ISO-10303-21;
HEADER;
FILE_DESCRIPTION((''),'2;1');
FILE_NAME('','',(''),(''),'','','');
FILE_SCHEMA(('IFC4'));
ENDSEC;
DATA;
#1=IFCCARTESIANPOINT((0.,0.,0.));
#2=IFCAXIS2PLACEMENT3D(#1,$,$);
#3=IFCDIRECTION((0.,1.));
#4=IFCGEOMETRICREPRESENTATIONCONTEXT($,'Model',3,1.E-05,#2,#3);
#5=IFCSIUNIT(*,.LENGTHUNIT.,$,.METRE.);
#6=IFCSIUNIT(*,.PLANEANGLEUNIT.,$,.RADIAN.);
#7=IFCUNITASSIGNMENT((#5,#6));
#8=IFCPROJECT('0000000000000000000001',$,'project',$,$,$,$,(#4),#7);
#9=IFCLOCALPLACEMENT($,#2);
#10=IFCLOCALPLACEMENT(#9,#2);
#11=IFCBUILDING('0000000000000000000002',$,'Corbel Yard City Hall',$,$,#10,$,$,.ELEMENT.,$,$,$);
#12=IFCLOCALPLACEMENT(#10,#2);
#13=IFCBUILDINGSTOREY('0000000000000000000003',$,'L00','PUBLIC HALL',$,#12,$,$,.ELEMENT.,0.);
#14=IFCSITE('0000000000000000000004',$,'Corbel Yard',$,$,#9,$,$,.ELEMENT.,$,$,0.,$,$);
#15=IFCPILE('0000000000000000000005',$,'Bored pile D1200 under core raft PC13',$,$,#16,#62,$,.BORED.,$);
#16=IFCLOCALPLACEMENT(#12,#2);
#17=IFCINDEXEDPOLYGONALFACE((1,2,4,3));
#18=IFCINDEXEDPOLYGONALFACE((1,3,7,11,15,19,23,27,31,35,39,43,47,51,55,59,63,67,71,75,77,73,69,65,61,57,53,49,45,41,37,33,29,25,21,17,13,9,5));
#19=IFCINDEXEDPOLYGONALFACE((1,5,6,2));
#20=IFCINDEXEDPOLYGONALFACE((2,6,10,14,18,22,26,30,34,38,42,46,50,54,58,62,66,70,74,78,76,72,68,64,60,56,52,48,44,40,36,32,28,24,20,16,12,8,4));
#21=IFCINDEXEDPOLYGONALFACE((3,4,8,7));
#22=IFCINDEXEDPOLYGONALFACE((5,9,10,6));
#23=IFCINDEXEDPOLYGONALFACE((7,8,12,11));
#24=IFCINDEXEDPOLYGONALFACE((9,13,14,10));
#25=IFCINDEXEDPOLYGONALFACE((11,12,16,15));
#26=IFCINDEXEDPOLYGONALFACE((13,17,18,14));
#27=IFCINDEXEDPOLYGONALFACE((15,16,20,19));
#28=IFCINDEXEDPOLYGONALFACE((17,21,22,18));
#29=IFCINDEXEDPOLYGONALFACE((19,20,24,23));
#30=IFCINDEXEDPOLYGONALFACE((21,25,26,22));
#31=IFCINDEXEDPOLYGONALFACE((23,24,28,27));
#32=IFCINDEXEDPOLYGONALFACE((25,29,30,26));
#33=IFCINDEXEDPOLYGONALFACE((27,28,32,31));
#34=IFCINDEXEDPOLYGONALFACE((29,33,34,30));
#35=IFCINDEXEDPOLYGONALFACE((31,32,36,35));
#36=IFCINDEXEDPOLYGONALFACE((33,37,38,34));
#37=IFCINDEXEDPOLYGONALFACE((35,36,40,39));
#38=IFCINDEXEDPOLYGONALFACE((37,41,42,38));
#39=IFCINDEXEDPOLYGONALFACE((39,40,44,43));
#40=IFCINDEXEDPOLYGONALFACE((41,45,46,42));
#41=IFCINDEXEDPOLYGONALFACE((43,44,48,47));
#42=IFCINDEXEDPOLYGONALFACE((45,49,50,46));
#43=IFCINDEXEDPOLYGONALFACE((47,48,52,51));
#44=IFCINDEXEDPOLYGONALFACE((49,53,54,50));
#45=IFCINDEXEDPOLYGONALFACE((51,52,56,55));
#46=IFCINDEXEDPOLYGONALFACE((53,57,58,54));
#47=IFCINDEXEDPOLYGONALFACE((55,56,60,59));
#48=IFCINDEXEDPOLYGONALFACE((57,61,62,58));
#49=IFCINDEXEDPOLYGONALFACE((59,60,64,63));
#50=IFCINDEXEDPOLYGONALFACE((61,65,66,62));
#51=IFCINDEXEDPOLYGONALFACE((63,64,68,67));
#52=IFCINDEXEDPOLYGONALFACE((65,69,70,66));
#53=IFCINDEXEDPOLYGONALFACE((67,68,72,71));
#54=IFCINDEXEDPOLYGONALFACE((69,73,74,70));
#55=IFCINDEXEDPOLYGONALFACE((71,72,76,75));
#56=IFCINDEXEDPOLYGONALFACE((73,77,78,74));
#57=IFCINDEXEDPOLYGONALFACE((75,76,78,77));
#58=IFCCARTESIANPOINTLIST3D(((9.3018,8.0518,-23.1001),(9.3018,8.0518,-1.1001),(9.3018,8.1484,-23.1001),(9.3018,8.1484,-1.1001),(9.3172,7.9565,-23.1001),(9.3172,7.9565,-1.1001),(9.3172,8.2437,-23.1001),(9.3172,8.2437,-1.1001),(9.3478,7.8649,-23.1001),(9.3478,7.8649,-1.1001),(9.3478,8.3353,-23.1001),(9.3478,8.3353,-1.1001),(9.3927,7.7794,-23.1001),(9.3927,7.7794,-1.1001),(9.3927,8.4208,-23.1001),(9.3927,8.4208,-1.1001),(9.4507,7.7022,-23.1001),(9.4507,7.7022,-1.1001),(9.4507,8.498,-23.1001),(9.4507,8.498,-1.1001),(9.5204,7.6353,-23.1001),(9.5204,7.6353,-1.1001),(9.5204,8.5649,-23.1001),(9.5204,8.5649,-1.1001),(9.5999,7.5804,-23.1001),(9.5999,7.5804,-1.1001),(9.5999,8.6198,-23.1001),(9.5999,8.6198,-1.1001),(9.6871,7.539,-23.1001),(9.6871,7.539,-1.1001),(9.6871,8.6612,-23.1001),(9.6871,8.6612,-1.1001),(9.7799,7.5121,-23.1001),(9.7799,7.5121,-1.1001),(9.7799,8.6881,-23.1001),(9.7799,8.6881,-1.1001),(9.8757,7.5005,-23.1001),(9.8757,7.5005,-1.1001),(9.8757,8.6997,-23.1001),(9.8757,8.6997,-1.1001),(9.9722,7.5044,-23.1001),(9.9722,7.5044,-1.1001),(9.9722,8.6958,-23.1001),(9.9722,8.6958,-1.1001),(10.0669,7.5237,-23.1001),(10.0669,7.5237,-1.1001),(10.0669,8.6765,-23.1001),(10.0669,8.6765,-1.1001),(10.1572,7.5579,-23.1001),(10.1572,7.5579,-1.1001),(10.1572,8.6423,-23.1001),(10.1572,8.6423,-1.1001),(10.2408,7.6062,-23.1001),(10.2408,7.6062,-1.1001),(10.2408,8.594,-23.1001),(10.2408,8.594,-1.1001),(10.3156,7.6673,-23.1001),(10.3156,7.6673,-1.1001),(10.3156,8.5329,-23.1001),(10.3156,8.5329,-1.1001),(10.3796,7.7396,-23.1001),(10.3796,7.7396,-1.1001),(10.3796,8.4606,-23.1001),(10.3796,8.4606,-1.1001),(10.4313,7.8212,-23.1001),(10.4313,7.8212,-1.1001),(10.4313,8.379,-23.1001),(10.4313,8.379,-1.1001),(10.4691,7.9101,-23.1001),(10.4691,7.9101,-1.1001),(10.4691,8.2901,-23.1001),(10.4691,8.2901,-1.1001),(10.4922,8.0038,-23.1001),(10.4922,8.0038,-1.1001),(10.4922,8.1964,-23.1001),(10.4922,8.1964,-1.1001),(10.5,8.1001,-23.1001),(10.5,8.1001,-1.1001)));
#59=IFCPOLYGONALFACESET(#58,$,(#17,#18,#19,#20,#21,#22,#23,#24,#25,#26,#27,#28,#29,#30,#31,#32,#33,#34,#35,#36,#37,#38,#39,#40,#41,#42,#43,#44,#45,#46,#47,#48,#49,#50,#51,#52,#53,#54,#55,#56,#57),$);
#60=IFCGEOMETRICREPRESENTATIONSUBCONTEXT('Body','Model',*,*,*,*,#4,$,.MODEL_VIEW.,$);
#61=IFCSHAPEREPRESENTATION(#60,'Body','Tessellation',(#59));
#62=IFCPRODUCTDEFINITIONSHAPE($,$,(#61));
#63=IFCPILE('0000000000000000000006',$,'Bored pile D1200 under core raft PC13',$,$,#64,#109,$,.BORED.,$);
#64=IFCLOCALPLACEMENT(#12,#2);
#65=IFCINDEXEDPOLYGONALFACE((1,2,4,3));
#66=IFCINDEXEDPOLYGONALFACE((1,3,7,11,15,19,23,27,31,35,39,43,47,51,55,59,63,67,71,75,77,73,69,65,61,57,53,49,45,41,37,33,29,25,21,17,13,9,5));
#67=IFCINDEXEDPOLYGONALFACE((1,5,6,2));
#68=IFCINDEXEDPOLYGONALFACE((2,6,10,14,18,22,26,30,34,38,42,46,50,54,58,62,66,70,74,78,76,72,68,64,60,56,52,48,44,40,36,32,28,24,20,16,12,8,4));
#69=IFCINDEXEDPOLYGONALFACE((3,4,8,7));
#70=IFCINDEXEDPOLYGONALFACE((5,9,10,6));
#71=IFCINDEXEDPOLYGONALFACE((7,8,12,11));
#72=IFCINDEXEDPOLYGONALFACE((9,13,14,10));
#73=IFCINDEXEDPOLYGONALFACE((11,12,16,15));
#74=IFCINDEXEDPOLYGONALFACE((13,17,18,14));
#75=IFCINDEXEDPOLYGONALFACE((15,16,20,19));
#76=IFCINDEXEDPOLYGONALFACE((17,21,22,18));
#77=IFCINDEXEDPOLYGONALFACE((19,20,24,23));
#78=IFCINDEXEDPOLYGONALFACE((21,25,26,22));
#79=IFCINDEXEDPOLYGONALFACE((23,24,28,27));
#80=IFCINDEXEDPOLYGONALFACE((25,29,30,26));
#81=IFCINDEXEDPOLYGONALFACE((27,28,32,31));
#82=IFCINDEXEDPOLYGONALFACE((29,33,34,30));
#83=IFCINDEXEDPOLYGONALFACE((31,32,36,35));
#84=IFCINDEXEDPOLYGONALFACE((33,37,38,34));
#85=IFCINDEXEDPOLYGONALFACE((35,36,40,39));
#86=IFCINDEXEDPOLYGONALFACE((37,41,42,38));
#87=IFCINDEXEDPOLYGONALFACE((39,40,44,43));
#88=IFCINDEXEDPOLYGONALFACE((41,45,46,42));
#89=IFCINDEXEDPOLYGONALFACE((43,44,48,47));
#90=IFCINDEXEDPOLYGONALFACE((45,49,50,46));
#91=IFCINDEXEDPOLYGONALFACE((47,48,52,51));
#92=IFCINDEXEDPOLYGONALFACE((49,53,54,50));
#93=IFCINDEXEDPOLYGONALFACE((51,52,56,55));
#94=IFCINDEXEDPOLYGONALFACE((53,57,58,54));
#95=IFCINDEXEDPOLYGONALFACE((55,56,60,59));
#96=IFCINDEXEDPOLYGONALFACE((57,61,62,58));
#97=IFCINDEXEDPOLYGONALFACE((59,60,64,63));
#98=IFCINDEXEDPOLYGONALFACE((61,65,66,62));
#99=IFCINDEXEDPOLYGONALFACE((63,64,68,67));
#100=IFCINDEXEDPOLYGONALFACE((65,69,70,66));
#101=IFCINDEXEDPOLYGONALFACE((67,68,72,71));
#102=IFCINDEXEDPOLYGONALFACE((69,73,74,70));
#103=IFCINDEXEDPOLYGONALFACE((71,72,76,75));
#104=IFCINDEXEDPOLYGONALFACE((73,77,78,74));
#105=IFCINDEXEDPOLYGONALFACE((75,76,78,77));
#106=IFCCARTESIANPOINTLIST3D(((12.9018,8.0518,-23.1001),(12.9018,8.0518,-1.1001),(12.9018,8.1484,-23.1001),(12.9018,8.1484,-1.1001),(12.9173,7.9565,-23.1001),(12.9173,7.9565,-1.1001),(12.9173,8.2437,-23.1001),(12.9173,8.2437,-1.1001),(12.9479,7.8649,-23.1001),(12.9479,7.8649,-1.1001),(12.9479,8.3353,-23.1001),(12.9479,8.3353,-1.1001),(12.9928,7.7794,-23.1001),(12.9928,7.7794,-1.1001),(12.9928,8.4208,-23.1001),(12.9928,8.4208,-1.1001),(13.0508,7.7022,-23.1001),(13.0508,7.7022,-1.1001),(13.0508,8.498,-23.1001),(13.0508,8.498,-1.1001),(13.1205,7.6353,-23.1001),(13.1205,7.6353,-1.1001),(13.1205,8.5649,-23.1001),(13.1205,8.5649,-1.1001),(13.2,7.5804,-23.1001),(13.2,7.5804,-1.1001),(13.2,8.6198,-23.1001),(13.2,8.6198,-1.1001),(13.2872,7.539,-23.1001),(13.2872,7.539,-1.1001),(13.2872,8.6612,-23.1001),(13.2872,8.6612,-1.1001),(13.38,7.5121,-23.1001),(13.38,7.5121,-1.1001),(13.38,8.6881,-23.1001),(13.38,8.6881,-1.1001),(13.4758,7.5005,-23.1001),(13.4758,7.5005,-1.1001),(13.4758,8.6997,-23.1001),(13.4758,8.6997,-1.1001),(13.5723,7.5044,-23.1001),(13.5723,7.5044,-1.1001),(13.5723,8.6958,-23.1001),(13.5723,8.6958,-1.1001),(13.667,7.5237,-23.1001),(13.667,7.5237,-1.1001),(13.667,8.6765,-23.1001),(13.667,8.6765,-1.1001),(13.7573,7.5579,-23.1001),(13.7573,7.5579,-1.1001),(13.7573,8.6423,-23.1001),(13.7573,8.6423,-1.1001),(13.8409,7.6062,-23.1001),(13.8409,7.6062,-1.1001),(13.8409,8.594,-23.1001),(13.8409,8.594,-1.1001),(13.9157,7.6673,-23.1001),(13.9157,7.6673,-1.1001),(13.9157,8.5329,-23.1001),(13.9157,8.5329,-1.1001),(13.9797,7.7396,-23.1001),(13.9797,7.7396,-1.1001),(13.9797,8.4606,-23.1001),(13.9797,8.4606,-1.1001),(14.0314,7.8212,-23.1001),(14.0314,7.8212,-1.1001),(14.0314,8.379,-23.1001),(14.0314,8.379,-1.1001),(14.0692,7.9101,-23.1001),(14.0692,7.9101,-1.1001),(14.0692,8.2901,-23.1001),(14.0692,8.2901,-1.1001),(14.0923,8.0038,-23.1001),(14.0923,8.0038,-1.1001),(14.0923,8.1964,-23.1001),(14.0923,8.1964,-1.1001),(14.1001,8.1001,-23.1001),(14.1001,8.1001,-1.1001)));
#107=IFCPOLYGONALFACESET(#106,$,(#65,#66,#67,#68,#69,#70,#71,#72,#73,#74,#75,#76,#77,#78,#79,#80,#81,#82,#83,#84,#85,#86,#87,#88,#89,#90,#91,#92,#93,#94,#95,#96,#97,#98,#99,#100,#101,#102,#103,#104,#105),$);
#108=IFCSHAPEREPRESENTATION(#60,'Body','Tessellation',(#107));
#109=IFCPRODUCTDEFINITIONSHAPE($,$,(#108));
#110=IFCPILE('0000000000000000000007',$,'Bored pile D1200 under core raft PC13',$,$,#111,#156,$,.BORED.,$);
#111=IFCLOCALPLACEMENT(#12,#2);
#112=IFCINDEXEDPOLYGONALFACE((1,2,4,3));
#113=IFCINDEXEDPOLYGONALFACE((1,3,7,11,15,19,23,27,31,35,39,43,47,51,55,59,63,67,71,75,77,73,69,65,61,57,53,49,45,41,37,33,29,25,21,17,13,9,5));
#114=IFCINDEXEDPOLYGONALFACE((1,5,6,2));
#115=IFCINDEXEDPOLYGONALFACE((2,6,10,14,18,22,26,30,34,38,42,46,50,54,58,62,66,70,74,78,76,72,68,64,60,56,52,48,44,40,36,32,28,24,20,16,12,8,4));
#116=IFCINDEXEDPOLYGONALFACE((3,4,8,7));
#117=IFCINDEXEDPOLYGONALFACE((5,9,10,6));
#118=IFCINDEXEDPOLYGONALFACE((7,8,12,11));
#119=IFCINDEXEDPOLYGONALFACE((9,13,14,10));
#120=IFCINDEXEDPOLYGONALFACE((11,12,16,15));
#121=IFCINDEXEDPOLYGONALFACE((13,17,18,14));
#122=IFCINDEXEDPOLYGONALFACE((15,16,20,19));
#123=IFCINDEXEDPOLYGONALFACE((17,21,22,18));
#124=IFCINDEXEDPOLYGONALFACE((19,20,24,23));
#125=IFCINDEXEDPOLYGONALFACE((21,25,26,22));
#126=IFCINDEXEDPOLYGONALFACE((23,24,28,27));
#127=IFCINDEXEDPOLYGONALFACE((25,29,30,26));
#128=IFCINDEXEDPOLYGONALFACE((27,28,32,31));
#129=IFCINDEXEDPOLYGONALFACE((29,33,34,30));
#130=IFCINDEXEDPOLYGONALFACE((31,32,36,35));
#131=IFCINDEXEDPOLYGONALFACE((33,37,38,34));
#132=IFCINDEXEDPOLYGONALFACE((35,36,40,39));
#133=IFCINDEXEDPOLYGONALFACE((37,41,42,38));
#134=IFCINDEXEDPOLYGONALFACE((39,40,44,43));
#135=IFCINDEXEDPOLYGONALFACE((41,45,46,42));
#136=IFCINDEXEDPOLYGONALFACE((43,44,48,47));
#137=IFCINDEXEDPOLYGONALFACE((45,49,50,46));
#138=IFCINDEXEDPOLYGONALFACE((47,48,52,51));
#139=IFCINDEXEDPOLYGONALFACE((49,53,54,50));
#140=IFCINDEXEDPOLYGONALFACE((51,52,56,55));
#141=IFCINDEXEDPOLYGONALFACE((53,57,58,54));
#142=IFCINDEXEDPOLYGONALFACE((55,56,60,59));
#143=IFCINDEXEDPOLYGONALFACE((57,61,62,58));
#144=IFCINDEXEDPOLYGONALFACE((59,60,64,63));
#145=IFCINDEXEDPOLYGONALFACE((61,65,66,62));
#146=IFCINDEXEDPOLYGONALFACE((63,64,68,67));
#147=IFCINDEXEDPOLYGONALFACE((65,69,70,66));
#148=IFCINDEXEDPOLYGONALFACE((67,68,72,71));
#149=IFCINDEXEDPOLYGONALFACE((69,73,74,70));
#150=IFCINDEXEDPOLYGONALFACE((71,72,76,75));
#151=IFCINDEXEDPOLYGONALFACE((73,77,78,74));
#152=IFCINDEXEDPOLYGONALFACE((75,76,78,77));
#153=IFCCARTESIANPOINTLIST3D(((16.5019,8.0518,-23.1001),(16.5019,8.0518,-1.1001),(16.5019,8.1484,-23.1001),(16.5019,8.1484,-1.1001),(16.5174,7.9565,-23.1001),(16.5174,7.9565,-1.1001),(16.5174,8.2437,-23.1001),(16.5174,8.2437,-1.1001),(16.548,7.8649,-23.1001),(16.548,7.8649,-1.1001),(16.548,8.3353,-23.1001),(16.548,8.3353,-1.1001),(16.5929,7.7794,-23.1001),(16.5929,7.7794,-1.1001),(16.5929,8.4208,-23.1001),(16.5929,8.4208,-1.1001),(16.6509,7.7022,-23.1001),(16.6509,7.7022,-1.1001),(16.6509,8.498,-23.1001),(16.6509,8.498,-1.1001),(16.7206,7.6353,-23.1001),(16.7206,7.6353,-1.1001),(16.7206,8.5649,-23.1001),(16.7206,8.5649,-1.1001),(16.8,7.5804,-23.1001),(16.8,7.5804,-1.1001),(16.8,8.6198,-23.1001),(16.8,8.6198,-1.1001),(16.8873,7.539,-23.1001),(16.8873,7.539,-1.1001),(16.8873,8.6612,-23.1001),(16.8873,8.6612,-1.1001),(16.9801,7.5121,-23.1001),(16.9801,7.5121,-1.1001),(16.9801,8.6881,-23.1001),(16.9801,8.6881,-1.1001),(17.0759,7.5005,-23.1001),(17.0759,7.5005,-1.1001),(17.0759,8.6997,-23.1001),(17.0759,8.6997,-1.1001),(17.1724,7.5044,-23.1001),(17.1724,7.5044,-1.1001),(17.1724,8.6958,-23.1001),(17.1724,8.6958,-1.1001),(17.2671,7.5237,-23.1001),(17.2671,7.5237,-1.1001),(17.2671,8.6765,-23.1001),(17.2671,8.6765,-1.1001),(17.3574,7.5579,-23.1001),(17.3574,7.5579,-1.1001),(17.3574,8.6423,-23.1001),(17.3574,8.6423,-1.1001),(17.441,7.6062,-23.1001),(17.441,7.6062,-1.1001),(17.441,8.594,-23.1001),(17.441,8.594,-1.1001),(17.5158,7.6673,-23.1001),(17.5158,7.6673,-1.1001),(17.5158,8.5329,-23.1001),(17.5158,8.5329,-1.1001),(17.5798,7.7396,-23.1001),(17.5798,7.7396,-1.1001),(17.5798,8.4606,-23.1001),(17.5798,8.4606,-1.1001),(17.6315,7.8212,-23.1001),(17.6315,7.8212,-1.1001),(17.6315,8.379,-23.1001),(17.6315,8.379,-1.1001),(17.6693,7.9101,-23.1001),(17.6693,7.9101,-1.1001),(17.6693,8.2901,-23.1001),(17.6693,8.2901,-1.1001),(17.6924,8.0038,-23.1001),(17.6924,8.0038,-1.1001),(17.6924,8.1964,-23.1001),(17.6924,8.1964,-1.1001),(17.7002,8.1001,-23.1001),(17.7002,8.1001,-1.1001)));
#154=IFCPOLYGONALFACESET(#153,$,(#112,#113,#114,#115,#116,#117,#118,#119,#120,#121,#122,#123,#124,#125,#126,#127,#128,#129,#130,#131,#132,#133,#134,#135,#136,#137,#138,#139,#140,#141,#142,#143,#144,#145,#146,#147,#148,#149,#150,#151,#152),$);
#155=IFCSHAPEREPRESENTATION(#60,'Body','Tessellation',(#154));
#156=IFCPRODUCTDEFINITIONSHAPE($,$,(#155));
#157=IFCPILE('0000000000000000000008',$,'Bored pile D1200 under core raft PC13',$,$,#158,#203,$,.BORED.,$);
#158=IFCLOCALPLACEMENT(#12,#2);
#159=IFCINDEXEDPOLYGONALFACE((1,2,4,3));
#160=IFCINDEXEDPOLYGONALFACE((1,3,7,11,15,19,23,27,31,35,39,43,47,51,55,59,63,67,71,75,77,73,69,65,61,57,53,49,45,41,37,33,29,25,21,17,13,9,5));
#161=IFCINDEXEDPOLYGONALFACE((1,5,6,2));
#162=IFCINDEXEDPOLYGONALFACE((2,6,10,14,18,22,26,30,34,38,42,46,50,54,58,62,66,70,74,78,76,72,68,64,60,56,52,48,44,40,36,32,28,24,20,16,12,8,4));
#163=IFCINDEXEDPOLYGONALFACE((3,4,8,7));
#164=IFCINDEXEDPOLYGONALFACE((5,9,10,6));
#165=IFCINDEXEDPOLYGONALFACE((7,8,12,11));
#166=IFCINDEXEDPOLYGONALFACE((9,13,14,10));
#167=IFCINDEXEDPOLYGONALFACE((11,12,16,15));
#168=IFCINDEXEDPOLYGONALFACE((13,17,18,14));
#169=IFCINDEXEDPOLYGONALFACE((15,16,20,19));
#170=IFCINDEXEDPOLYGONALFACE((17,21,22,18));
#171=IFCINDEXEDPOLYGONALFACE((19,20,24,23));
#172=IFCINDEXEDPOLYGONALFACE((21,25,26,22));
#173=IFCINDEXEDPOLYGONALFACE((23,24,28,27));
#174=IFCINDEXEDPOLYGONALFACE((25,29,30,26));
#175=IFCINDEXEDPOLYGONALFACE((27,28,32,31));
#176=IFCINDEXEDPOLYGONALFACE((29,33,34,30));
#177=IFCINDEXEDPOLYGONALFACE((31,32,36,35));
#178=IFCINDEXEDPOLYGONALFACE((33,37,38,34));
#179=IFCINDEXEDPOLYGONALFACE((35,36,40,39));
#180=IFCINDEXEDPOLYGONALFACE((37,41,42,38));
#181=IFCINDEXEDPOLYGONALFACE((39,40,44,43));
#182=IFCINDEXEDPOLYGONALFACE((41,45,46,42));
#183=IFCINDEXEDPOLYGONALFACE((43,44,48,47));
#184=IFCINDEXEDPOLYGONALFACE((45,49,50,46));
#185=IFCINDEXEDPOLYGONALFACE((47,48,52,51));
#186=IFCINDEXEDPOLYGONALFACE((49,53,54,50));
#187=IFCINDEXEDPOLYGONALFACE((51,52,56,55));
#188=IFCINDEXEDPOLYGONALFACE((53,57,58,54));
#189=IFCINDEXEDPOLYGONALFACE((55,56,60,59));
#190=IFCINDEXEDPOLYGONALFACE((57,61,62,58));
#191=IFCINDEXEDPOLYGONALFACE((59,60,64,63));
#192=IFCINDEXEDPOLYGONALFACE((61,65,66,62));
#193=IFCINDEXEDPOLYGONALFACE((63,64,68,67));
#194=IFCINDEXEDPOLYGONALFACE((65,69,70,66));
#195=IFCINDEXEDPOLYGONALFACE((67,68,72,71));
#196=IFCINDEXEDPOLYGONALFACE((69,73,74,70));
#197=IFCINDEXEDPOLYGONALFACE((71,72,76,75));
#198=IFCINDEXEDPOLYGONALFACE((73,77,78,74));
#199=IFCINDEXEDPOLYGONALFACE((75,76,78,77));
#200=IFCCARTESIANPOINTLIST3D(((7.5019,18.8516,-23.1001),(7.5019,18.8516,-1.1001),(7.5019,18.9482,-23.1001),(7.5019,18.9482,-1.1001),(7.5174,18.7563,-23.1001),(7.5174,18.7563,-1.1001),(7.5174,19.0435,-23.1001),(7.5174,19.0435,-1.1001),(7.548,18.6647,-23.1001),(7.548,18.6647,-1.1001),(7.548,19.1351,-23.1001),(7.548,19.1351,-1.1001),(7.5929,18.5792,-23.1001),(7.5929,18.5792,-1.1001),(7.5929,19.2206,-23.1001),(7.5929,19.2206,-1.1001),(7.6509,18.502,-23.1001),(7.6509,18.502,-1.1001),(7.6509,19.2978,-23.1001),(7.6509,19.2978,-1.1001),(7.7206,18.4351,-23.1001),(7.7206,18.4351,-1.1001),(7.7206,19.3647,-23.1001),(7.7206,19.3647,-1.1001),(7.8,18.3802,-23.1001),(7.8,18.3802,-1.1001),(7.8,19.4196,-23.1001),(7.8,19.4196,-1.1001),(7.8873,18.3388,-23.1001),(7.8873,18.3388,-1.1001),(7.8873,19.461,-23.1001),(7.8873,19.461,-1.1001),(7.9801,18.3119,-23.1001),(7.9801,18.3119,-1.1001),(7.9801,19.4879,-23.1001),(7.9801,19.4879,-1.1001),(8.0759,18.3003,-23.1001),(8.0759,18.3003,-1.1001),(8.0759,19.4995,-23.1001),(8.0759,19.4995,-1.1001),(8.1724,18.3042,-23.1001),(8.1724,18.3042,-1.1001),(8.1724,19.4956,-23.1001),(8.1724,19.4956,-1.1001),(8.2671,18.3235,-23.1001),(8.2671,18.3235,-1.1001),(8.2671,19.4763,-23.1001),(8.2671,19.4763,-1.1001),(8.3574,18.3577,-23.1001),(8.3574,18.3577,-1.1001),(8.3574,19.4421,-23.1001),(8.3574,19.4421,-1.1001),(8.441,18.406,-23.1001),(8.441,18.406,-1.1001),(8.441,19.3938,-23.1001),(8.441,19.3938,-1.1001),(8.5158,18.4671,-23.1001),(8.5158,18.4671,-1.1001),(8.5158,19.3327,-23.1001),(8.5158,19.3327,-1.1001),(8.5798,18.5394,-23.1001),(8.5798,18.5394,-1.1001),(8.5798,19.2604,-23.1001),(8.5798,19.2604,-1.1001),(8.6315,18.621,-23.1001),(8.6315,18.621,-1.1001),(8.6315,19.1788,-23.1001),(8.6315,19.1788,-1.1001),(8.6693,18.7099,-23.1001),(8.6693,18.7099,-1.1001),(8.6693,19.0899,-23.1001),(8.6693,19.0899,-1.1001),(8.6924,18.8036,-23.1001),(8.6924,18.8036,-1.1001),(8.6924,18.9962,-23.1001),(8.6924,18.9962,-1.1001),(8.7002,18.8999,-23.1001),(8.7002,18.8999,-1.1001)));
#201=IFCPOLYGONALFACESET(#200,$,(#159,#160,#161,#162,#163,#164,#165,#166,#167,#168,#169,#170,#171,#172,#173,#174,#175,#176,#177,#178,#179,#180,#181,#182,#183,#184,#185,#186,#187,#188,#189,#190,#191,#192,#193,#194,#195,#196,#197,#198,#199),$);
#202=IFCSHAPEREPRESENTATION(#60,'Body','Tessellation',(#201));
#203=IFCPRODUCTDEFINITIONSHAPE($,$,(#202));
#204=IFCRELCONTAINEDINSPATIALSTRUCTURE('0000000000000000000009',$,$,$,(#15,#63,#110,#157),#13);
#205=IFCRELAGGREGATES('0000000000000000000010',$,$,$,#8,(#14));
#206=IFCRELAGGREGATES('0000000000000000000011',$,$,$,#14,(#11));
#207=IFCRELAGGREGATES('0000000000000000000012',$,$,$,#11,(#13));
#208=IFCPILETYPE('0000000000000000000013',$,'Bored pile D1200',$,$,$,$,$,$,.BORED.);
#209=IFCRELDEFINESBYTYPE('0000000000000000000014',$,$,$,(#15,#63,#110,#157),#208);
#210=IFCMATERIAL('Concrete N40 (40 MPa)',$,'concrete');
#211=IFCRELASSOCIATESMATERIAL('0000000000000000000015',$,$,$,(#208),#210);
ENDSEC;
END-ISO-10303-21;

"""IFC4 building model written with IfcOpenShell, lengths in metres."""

from ifc_helpers import new_model, si_unit, direction, frame, origin, origin_2d, place, context, subcontext, project, spatial, circle, extrude, material, material_profile, profile_set, type_object, element, save


model = new_model("IFC4")

# Units and contexts
model_context = context("Model", 3, precision=1e-05, world=origin(), true_north=direction((0.0, 1.0)))
body_context = subcontext(model_context, "Body", "Model", "MODEL_VIEW")
ifc_project = project(units=[si_unit("LENGTHUNIT", "METRE"), si_unit("PLANEANGLEUNIT", "RADIAN")], contexts=[model_context])

# Site, building, storey
site_placement = place(None, origin())
site = spatial("IfcSite", under=ifc_project, at=site_placement, Name="Corbel Yard", CompositionType="ELEMENT", RefElevation=0.0)
building_placement = place(site_placement, origin())
building = spatial("IfcBuilding", under=site, at=building_placement, Name="Corbel Yard City Hall", CompositionType="ELEMENT")
storey_placement = place(building_placement, origin())
storey = spatial("IfcBuildingStorey", under=building, at=storey_placement, Name="L00", Description="PUBLIC HALL", CompositionType="ELEMENT", Elevation=0.0)

# Piles
ifc_material_1 = material(Name="Concrete N40 (40 MPa)", Category="concrete")
ifc_material_profile_1 = material_profile(ifc_material_1, circle(Radius=0.6001, at=origin_2d()), Name="D1200")
ifc_profile_set_1 = profile_set([ifc_material_profile_1], Name="Concrete N40 (40 MPa)")
pile_type_1 = type_object("IfcPileType", Name="Bored pile D1200", PredefinedType="BORED", material=ifc_profile_set_1)
for number, where, z_axis, x_axis, name in (
    (1, (9.8999, 8.1001, -1.1001), (0.0, 0.0, -1.0), (1.0, 0.0, 0.0), "Bored pile D1200 under core raft PC13"),
    (2, (13.5, 8.1001, -1.1001), (0.0, 0.0, -1.0), (1.0, 0.0, 0.0), "Bored pile D1200 under core raft PC13"),
    (3, (17.1001, 8.1001, -1.1001), (0.0, 0.0, -1.0), (1.0, 0.0, 0.0), "Bored pile D1200 under core raft PC13"),
    (4, (8.1001, 18.8999, -1.1001), (0.0, 0.0, -1.0), (1.0, 0.0, 0.0), "Bored pile D1200 under core raft PC13"),
):
    element("IfcPile", number, at=place(storey_placement, frame(where, z_axis=z_axis, x_axis=x_axis)), inside=storey, type_object=pile_type_1, Name=name, PredefinedType="BORED", context=body_context, shape_type="SweptSolid", body=[
        extrude(circle(Radius=0.6001, at=origin_2d()), origin(), (0.0, 0.0, 1.0), 22.0),
    ])

save(model, "model.ifc")
